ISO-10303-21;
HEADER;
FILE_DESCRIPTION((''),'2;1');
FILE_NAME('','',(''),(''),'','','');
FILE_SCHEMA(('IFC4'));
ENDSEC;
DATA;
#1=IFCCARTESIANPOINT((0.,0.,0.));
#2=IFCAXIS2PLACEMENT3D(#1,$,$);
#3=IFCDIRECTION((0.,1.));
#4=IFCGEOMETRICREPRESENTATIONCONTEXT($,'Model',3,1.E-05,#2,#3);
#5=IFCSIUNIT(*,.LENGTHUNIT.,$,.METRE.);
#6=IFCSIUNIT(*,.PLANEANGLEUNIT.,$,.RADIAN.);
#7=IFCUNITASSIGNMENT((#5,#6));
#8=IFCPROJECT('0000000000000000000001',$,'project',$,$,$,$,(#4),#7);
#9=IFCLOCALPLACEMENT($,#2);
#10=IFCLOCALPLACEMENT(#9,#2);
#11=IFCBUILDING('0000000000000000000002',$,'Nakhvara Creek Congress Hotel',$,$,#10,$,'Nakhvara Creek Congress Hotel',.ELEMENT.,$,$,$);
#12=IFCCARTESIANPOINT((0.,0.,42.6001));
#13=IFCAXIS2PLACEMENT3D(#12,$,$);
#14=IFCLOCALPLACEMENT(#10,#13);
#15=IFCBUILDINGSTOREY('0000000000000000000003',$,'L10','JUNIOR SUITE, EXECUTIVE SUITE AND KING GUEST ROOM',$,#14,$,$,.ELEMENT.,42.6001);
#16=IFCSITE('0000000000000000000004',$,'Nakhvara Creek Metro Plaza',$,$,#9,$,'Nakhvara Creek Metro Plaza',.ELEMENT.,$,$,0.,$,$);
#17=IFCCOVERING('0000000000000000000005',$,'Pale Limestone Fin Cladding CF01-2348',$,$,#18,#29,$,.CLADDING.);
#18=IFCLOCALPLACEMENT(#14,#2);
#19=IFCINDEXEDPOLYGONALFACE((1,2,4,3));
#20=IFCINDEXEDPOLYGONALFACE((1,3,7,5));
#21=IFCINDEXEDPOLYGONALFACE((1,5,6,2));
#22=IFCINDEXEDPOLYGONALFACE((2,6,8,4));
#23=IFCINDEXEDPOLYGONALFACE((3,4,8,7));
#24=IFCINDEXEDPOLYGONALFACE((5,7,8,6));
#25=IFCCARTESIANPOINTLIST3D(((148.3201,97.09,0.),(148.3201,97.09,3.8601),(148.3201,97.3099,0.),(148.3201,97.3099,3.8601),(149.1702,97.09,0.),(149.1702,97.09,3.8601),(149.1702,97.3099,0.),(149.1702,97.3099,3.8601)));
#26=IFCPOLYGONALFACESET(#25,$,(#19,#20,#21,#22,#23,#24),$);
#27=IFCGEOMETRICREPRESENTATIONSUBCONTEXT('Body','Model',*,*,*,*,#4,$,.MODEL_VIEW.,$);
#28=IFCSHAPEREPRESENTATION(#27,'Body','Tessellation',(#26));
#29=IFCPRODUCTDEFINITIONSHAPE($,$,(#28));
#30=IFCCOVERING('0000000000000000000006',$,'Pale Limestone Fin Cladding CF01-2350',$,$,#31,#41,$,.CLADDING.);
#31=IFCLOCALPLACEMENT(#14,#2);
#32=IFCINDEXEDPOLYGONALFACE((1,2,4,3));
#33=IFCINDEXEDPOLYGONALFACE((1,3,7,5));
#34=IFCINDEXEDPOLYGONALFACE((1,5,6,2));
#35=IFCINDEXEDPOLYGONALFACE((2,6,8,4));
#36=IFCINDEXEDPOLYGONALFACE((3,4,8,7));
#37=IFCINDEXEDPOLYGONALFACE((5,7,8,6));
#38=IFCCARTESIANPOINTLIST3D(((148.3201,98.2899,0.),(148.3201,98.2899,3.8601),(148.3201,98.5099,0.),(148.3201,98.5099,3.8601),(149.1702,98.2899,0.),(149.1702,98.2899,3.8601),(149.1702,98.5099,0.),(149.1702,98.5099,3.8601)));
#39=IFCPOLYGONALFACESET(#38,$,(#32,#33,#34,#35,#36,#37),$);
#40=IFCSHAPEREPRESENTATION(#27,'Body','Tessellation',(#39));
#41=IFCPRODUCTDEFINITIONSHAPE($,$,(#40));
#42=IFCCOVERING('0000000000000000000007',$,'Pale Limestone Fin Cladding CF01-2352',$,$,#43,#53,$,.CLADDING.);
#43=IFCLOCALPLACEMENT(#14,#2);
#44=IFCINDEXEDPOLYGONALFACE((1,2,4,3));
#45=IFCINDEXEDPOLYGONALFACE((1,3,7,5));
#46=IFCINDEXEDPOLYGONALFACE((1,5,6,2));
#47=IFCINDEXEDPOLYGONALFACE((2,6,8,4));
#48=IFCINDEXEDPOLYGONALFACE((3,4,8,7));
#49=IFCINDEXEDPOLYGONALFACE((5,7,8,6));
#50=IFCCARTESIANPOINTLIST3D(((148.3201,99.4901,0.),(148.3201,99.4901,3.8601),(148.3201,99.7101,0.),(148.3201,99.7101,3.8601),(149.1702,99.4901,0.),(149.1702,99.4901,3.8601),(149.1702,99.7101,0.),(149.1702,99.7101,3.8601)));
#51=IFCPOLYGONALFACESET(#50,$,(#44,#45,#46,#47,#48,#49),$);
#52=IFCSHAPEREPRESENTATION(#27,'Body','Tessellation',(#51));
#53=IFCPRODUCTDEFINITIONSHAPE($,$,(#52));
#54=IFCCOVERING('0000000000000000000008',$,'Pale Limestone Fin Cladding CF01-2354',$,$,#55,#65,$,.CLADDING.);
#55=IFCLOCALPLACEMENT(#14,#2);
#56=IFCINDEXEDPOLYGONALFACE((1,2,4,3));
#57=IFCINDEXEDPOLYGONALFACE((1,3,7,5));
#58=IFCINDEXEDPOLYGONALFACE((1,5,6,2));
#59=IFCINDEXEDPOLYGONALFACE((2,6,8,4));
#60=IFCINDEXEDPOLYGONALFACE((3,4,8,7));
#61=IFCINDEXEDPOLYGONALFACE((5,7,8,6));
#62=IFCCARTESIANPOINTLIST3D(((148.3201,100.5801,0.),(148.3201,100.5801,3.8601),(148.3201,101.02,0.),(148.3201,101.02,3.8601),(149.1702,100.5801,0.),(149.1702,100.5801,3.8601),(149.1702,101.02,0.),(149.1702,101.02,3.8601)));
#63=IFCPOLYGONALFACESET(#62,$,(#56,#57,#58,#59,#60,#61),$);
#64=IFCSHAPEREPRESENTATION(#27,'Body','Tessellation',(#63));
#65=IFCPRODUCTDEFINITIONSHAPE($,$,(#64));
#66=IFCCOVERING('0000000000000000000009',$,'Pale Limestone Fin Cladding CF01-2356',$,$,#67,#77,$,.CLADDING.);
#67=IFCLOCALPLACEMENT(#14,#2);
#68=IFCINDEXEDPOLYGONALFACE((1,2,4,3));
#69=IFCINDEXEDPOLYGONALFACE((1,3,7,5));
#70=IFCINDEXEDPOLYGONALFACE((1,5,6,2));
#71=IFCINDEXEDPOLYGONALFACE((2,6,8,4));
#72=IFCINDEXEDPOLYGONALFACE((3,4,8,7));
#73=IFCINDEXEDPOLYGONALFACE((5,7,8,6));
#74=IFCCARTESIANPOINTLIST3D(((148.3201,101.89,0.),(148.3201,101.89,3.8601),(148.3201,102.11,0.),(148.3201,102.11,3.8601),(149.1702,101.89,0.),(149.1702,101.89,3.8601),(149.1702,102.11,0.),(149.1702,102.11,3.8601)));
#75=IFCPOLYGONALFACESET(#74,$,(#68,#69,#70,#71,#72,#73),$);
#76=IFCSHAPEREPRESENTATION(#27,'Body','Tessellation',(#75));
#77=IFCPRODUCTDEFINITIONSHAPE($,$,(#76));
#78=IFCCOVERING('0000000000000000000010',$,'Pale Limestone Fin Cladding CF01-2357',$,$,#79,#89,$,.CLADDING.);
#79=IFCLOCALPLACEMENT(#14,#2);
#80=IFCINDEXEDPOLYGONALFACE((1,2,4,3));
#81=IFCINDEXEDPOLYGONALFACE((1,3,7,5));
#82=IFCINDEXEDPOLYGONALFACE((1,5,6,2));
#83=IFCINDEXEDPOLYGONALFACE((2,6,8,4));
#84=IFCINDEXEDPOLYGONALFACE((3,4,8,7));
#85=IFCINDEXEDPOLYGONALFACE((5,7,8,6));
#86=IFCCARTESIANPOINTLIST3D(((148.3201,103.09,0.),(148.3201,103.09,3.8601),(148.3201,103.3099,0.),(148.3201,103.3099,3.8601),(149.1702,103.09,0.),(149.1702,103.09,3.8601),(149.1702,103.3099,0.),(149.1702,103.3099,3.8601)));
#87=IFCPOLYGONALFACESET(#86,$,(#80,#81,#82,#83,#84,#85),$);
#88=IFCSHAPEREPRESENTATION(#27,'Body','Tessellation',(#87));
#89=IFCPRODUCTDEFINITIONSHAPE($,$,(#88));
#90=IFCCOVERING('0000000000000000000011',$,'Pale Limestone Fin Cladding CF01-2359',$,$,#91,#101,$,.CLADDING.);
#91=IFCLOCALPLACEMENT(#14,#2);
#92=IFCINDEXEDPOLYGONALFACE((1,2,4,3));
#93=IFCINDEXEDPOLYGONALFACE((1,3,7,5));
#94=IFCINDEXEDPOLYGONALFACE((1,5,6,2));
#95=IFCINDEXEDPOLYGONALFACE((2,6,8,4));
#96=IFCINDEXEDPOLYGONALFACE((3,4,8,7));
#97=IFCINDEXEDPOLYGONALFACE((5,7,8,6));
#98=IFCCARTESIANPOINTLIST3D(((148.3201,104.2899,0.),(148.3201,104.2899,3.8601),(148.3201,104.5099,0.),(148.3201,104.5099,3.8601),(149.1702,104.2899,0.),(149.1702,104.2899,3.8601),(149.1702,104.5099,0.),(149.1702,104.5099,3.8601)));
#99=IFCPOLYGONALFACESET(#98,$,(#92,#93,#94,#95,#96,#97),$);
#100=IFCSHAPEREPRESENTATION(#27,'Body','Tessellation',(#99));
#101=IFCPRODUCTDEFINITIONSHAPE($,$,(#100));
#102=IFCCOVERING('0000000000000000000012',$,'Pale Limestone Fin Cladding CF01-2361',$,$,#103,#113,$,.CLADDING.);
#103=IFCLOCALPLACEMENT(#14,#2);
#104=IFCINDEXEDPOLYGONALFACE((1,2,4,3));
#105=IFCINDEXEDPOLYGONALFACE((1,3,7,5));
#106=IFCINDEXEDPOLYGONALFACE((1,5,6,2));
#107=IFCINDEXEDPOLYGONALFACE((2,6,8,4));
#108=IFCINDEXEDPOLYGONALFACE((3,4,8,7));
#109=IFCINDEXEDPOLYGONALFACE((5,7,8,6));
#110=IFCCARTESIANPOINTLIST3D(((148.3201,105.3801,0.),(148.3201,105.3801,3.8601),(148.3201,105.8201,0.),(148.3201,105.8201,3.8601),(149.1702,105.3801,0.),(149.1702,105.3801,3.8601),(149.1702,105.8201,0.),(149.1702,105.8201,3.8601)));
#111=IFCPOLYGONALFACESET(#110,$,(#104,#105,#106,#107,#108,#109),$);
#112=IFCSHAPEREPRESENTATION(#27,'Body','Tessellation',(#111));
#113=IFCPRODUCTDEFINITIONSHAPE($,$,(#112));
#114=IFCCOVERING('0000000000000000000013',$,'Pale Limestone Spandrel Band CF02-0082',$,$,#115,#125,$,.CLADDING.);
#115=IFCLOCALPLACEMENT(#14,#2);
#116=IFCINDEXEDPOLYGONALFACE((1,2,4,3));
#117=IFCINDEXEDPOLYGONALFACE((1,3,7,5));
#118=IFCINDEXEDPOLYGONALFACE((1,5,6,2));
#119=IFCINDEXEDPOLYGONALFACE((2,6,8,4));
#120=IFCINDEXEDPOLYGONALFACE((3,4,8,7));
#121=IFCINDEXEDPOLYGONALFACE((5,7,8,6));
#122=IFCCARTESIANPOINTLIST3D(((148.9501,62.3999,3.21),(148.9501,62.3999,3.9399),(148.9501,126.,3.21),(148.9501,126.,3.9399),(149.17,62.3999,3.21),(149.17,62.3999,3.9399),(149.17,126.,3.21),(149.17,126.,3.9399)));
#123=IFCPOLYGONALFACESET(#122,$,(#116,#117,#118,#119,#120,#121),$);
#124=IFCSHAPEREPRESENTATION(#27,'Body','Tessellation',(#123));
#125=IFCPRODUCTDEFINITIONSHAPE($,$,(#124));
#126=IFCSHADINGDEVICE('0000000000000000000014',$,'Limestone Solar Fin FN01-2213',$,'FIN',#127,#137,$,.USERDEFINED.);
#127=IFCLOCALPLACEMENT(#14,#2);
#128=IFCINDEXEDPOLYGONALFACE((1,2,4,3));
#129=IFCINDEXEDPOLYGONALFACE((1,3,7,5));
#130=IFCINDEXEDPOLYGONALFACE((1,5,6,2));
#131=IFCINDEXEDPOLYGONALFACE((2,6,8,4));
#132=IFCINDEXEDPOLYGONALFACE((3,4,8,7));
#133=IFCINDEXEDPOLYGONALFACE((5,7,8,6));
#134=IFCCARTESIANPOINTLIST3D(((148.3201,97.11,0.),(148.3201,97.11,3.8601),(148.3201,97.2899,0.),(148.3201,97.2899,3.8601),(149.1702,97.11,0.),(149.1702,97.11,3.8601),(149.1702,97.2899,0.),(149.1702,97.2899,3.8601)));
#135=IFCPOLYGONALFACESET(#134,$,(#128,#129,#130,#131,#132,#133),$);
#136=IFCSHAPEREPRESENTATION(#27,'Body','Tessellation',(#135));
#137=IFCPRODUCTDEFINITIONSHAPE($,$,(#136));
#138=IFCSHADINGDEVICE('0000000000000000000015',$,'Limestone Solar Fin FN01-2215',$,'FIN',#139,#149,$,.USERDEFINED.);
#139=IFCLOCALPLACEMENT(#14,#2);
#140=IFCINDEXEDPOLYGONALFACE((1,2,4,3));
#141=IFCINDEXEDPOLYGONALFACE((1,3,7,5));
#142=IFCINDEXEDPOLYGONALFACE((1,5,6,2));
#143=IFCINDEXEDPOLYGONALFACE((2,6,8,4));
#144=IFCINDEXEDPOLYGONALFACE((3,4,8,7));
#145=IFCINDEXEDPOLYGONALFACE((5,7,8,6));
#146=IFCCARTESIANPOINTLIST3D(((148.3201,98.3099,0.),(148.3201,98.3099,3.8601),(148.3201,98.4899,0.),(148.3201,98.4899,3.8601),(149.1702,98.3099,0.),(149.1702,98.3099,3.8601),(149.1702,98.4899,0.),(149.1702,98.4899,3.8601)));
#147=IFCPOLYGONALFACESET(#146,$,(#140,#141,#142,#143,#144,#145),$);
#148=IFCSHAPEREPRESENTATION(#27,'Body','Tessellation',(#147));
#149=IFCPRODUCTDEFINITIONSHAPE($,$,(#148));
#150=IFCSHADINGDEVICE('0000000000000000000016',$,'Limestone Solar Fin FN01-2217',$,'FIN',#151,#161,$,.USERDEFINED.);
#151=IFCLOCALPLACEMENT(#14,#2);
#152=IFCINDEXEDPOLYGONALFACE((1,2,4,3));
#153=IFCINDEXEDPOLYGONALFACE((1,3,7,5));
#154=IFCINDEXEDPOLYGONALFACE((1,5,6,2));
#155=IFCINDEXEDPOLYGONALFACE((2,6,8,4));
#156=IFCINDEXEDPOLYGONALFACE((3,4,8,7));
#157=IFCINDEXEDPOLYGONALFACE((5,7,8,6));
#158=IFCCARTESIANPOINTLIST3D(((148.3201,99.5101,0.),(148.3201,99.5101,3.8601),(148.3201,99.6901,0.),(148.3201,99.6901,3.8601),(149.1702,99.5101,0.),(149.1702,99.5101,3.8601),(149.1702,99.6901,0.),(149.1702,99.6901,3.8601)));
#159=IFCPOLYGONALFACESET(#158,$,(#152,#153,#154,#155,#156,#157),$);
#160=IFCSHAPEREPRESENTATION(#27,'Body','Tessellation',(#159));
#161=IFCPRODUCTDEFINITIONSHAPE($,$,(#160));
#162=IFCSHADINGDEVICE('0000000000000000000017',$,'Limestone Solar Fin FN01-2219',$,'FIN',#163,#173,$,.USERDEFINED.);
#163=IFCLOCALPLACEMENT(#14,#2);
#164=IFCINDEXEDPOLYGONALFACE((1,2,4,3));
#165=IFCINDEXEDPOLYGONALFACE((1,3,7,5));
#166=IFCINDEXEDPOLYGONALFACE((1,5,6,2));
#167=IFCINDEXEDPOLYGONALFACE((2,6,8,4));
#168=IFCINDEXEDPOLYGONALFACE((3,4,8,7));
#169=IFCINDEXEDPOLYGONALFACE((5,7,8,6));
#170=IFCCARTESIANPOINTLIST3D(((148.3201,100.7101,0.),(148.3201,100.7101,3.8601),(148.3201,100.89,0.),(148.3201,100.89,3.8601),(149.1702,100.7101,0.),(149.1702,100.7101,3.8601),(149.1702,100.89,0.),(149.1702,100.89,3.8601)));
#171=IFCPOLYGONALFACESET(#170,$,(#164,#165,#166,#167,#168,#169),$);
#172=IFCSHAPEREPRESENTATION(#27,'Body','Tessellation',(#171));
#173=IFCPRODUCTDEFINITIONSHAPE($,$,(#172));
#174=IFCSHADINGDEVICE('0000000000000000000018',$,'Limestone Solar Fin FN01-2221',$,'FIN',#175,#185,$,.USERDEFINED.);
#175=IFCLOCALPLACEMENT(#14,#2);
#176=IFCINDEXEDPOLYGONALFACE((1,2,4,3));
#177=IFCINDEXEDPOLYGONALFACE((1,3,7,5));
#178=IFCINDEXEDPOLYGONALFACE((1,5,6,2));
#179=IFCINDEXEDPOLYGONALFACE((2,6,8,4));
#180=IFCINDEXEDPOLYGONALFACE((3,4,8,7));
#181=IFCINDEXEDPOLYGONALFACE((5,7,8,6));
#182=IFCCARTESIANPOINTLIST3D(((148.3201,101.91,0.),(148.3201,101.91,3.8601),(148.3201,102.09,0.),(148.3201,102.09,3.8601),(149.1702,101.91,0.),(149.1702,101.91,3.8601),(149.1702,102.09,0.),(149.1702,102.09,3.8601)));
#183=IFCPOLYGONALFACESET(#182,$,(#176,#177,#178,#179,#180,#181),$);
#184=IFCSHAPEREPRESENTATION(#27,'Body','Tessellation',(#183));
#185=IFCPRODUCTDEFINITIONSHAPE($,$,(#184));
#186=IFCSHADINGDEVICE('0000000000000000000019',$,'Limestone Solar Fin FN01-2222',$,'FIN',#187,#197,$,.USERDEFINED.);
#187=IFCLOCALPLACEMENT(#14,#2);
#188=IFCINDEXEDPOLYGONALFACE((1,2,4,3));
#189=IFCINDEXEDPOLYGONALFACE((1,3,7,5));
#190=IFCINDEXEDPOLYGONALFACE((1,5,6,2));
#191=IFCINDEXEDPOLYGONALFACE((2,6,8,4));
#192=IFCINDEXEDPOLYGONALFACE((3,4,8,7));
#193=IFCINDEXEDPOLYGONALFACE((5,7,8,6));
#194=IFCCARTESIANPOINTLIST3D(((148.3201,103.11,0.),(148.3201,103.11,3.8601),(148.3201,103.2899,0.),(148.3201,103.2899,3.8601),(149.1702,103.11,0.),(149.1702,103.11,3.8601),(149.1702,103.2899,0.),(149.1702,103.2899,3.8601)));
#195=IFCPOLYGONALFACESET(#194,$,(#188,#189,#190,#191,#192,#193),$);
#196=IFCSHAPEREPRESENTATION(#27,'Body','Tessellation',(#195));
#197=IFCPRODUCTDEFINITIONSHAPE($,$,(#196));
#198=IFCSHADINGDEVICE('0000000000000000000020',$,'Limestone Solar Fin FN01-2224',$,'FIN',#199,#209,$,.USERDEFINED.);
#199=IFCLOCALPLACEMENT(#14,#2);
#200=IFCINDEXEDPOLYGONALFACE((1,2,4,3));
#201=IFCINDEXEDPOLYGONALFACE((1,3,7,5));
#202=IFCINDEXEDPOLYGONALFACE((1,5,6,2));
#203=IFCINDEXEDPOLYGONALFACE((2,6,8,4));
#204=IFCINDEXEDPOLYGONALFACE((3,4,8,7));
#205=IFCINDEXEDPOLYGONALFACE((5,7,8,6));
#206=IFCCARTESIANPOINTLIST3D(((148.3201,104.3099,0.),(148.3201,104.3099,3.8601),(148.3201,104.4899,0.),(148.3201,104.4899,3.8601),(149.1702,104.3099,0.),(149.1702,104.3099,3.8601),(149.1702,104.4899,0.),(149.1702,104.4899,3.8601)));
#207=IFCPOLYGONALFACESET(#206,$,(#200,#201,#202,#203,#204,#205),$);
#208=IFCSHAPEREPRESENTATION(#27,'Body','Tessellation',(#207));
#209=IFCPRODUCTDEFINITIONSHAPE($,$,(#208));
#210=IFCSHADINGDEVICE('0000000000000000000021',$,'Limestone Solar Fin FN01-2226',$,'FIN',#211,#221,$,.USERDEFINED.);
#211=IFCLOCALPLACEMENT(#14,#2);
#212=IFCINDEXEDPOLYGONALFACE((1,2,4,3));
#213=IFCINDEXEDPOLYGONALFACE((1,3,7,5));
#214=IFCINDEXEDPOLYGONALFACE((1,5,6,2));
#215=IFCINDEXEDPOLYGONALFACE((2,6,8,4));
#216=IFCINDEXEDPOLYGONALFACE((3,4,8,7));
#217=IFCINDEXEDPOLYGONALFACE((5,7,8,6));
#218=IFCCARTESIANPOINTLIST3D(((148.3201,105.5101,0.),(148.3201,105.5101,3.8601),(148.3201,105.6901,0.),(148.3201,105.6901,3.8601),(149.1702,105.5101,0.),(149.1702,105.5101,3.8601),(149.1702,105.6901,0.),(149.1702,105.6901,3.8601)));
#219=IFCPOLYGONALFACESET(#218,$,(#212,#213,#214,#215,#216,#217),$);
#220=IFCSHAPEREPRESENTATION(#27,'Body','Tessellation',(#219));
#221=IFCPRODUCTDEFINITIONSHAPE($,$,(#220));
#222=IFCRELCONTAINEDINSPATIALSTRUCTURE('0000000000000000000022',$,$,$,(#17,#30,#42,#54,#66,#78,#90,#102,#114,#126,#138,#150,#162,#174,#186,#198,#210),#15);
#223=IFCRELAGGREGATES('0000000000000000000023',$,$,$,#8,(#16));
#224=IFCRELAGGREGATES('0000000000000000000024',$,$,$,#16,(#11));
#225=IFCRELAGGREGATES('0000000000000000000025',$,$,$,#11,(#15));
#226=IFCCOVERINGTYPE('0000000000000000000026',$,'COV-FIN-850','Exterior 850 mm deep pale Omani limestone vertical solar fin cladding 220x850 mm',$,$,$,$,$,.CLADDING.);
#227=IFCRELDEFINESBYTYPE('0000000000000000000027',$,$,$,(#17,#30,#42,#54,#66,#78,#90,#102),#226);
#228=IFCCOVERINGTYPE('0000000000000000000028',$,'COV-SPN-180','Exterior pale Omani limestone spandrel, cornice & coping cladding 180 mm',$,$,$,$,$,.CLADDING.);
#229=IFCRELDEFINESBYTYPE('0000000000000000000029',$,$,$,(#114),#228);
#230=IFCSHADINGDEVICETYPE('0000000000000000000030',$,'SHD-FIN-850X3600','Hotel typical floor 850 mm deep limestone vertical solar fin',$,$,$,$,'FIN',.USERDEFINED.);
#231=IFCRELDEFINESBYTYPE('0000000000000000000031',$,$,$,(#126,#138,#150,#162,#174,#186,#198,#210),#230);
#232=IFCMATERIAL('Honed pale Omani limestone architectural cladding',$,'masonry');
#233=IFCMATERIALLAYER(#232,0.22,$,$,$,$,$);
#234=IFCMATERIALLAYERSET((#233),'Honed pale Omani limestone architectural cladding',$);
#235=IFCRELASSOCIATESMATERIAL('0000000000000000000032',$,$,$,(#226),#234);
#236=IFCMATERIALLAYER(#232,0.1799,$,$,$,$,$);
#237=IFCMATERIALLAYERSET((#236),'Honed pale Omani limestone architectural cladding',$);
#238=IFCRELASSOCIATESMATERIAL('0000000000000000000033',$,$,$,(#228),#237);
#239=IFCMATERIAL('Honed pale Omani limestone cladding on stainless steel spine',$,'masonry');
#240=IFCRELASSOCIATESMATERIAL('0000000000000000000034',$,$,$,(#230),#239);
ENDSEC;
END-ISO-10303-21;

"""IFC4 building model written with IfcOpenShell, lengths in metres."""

from ifc_helpers import new_model, si_unit, direction, frame, origin, origin_2d, place, context, subcontext, project, spatial, rectangle, extrude, material, layer, layer_set, type_object, element, save


model = new_model("IFC4")

# Units and contexts
model_context = context("Model", 3, precision=1e-05, world=origin(), true_north=direction((0.0, 1.0)))
body_context = subcontext(model_context, "Body", "Model", "MODEL_VIEW")
ifc_project = project(units=[si_unit("LENGTHUNIT", "METRE"), si_unit("PLANEANGLEUNIT", "RADIAN")], contexts=[model_context])

# Site, building, storey
site_placement = place(None, origin())
site = spatial("IfcSite", under=ifc_project, at=site_placement, Name="Nakhvara Creek Metro Plaza", LongName="Nakhvara Creek Metro Plaza", CompositionType="ELEMENT", RefElevation=0.0)
building_placement = place(site_placement, origin())
building = spatial("IfcBuilding", under=site, at=building_placement, Name="Nakhvara Creek Congress Hotel", LongName="Nakhvara Creek Congress Hotel", CompositionType="ELEMENT")
storey_placement = place(building_placement, frame((0.0, 0.0, 42.6001)))
storey = spatial("IfcBuildingStorey", under=building, at=storey_placement, Name="L10", Description="JUNIOR SUITE, EXECUTIVE SUITE AND KING GUEST ROOM", CompositionType="ELEMENT", Elevation=42.6001)

# Coverings
ifc_material_1 = material(Name="Honed pale Omani limestone architectural cladding", Category="masonry")
ifc_layer_1 = layer(ifc_material_1, 0.22)
ifc_layer_set_1 = layer_set([ifc_layer_1], Name="Honed pale Omani limestone architectural cladding")
covering_type_1 = type_object("IfcCoveringType", Name="COV-FIN-850", Description="Exterior 850 mm deep pale Omani limestone vertical solar fin cladding 220x850 mm", PredefinedType="CLADDING", material=ifc_layer_set_1)
for number, where, z_axis, x_axis, name in (
    (1, (148.7451, 97.2, 0.0), (0.0, 0.0, 1.0), (0.0, 1.0, 0.0), "Pale Limestone Fin Cladding CF01-2348"),
    (2, (148.7451, 98.3999, 0.0), (0.0, 0.0, 1.0), (0.0, 1.0, 0.0), "Pale Limestone Fin Cladding CF01-2350"),
    (3, (148.7451, 99.6001, 0.0), (0.0, 0.0, 1.0), (0.0, 1.0, 0.0), "Pale Limestone Fin Cladding CF01-2352"),
):
    element("IfcCovering", number, at=place(storey_placement, frame(where, z_axis=z_axis, x_axis=x_axis)), inside=storey, type_object=covering_type_1, Name=name, PredefinedType="CLADDING", context=body_context, shape_type="SweptSolid", body=[
        extrude(rectangle(XDim=0.22, YDim=0.8501, at=origin_2d()), origin(), (0.0, 0.0, 1.0), 3.8601),
    ])
covering_1_placement = place(storey_placement, frame((148.7451, 100.8, 0.0), z_axis=(0.0, 0.0, 1.0), x_axis=(0.0, 1.0, 0.0)))
element("IfcCovering", 4, at=covering_1_placement, inside=storey, type_object=covering_type_1, Name="Pale Limestone Fin Cladding CF01-2354", PredefinedType="CLADDING", context=body_context, shape_type="SweptSolid", body=[
    extrude(rectangle(XDim=0.4399, YDim=0.8501, at=origin_2d()), origin(), (0.0, 0.0, 1.0), 3.8601),
])
for number, where, z_axis, x_axis, name in (
    (5, (148.7451, 102.0, 0.0), (0.0, 0.0, 1.0), (0.0, 1.0, 0.0), "Pale Limestone Fin Cladding CF01-2356"),
    (6, (148.7451, 103.2, 0.0), (0.0, 0.0, 1.0), (0.0, 1.0, 0.0), "Pale Limestone Fin Cladding CF01-2357"),
    (7, (148.7451, 104.3999, 0.0), (0.0, 0.0, 1.0), (0.0, 1.0, 0.0), "Pale Limestone Fin Cladding CF01-2359"),
):
    element("IfcCovering", number, at=place(storey_placement, frame(where, z_axis=z_axis, x_axis=x_axis)), inside=storey, type_object=covering_type_1, Name=name, PredefinedType="CLADDING", context=body_context, shape_type="SweptSolid", body=[
        extrude(rectangle(XDim=0.22, YDim=0.8501, at=origin_2d()), origin(), (0.0, 0.0, 1.0), 3.8601),
    ])
covering_2_placement = place(storey_placement, frame((148.7451, 105.6001, 0.0), z_axis=(0.0, 0.0, 1.0), x_axis=(0.0, 1.0, 0.0)))
element("IfcCovering", 8, at=covering_2_placement, inside=storey, type_object=covering_type_1, Name="Pale Limestone Fin Cladding CF01-2361", PredefinedType="CLADDING", context=body_context, shape_type="SweptSolid", body=[
    extrude(rectangle(XDim=0.4399, YDim=0.8501, at=origin_2d()), origin(), (0.0, 0.0, 1.0), 3.8601),
])
ifc_layer_2 = layer(ifc_material_1, 0.1799)
ifc_layer_set_2 = layer_set([ifc_layer_2], Name="Honed pale Omani limestone architectural cladding")
covering_type_2 = type_object("IfcCoveringType", Name="COV-SPN-180", Description="Exterior pale Omani limestone spandrel, cornice & coping cladding 180 mm", PredefinedType="CLADDING", material=ifc_layer_set_2)
covering_3_placement = place(storey_placement, frame((149.0601, 94.2, 3.21), z_axis=(0.0, 0.0, 1.0), x_axis=(0.0, 1.0, 0.0)))
element("IfcCovering", 9, at=covering_3_placement, inside=storey, type_object=covering_type_2, Name="Pale Limestone Spandrel Band CF02-0082", PredefinedType="CLADDING", context=body_context, shape_type="SweptSolid", body=[
    extrude(rectangle(XDim=63.6001, YDim=0.22, at=origin_2d()), origin(), (0.0, 0.0, 1.0), 0.73),
])

# Shading devices
ifc_material_2 = material(Name="Honed pale Omani limestone cladding on stainless steel spine", Category="masonry")
shading_device_type = type_object("IfcShadingDeviceType", Name="SHD-FIN-850X3600", Description="Hotel typical floor 850 mm deep limestone vertical solar fin", ElementType="FIN", PredefinedType="USERDEFINED", material=ifc_material_2)
for number, where, z_axis, x_axis, name in (
    (10, (148.7451, 97.2, 0.0), (0.0, 0.0, 1.0), (0.0, 1.0, 0.0), "Limestone Solar Fin FN01-2213"),
    (11, (148.7451, 98.3999, 0.0), (0.0, 0.0, 1.0), (0.0, 1.0, 0.0), "Limestone Solar Fin FN01-2215"),
    (12, (148.7451, 99.6001, 0.0), (0.0, 0.0, 1.0), (0.0, 1.0, 0.0), "Limestone Solar Fin FN01-2217"),
    (13, (148.7451, 100.8, 0.0), (0.0, 0.0, 1.0), (0.0, 1.0, 0.0), "Limestone Solar Fin FN01-2219"),
    (14, (148.7451, 102.0, 0.0), (0.0, 0.0, 1.0), (0.0, 1.0, 0.0), "Limestone Solar Fin FN01-2221"),
    (15, (148.7451, 103.2, 0.0), (0.0, 0.0, 1.0), (0.0, 1.0, 0.0), "Limestone Solar Fin FN01-2222"),
    (16, (148.7451, 104.3999, 0.0), (0.0, 0.0, 1.0), (0.0, 1.0, 0.0), "Limestone Solar Fin FN01-2224"),
    (17, (148.7451, 105.6001, 0.0), (0.0, 0.0, 1.0), (0.0, 1.0, 0.0), "Limestone Solar Fin FN01-2226"),
):
    element("IfcShadingDevice", number, at=place(storey_placement, frame(where, z_axis=z_axis, x_axis=x_axis)), inside=storey, type_object=shading_device_type, Name=name, ObjectType="FIN", PredefinedType="USERDEFINED", context=body_context, shape_type="SweptSolid", body=[
        extrude(rectangle(XDim=0.1799, YDim=0.8501, at=origin_2d()), origin(), (0.0, 0.0, 1.0), 3.8601),
    ])

save(model, "model.ifc")
